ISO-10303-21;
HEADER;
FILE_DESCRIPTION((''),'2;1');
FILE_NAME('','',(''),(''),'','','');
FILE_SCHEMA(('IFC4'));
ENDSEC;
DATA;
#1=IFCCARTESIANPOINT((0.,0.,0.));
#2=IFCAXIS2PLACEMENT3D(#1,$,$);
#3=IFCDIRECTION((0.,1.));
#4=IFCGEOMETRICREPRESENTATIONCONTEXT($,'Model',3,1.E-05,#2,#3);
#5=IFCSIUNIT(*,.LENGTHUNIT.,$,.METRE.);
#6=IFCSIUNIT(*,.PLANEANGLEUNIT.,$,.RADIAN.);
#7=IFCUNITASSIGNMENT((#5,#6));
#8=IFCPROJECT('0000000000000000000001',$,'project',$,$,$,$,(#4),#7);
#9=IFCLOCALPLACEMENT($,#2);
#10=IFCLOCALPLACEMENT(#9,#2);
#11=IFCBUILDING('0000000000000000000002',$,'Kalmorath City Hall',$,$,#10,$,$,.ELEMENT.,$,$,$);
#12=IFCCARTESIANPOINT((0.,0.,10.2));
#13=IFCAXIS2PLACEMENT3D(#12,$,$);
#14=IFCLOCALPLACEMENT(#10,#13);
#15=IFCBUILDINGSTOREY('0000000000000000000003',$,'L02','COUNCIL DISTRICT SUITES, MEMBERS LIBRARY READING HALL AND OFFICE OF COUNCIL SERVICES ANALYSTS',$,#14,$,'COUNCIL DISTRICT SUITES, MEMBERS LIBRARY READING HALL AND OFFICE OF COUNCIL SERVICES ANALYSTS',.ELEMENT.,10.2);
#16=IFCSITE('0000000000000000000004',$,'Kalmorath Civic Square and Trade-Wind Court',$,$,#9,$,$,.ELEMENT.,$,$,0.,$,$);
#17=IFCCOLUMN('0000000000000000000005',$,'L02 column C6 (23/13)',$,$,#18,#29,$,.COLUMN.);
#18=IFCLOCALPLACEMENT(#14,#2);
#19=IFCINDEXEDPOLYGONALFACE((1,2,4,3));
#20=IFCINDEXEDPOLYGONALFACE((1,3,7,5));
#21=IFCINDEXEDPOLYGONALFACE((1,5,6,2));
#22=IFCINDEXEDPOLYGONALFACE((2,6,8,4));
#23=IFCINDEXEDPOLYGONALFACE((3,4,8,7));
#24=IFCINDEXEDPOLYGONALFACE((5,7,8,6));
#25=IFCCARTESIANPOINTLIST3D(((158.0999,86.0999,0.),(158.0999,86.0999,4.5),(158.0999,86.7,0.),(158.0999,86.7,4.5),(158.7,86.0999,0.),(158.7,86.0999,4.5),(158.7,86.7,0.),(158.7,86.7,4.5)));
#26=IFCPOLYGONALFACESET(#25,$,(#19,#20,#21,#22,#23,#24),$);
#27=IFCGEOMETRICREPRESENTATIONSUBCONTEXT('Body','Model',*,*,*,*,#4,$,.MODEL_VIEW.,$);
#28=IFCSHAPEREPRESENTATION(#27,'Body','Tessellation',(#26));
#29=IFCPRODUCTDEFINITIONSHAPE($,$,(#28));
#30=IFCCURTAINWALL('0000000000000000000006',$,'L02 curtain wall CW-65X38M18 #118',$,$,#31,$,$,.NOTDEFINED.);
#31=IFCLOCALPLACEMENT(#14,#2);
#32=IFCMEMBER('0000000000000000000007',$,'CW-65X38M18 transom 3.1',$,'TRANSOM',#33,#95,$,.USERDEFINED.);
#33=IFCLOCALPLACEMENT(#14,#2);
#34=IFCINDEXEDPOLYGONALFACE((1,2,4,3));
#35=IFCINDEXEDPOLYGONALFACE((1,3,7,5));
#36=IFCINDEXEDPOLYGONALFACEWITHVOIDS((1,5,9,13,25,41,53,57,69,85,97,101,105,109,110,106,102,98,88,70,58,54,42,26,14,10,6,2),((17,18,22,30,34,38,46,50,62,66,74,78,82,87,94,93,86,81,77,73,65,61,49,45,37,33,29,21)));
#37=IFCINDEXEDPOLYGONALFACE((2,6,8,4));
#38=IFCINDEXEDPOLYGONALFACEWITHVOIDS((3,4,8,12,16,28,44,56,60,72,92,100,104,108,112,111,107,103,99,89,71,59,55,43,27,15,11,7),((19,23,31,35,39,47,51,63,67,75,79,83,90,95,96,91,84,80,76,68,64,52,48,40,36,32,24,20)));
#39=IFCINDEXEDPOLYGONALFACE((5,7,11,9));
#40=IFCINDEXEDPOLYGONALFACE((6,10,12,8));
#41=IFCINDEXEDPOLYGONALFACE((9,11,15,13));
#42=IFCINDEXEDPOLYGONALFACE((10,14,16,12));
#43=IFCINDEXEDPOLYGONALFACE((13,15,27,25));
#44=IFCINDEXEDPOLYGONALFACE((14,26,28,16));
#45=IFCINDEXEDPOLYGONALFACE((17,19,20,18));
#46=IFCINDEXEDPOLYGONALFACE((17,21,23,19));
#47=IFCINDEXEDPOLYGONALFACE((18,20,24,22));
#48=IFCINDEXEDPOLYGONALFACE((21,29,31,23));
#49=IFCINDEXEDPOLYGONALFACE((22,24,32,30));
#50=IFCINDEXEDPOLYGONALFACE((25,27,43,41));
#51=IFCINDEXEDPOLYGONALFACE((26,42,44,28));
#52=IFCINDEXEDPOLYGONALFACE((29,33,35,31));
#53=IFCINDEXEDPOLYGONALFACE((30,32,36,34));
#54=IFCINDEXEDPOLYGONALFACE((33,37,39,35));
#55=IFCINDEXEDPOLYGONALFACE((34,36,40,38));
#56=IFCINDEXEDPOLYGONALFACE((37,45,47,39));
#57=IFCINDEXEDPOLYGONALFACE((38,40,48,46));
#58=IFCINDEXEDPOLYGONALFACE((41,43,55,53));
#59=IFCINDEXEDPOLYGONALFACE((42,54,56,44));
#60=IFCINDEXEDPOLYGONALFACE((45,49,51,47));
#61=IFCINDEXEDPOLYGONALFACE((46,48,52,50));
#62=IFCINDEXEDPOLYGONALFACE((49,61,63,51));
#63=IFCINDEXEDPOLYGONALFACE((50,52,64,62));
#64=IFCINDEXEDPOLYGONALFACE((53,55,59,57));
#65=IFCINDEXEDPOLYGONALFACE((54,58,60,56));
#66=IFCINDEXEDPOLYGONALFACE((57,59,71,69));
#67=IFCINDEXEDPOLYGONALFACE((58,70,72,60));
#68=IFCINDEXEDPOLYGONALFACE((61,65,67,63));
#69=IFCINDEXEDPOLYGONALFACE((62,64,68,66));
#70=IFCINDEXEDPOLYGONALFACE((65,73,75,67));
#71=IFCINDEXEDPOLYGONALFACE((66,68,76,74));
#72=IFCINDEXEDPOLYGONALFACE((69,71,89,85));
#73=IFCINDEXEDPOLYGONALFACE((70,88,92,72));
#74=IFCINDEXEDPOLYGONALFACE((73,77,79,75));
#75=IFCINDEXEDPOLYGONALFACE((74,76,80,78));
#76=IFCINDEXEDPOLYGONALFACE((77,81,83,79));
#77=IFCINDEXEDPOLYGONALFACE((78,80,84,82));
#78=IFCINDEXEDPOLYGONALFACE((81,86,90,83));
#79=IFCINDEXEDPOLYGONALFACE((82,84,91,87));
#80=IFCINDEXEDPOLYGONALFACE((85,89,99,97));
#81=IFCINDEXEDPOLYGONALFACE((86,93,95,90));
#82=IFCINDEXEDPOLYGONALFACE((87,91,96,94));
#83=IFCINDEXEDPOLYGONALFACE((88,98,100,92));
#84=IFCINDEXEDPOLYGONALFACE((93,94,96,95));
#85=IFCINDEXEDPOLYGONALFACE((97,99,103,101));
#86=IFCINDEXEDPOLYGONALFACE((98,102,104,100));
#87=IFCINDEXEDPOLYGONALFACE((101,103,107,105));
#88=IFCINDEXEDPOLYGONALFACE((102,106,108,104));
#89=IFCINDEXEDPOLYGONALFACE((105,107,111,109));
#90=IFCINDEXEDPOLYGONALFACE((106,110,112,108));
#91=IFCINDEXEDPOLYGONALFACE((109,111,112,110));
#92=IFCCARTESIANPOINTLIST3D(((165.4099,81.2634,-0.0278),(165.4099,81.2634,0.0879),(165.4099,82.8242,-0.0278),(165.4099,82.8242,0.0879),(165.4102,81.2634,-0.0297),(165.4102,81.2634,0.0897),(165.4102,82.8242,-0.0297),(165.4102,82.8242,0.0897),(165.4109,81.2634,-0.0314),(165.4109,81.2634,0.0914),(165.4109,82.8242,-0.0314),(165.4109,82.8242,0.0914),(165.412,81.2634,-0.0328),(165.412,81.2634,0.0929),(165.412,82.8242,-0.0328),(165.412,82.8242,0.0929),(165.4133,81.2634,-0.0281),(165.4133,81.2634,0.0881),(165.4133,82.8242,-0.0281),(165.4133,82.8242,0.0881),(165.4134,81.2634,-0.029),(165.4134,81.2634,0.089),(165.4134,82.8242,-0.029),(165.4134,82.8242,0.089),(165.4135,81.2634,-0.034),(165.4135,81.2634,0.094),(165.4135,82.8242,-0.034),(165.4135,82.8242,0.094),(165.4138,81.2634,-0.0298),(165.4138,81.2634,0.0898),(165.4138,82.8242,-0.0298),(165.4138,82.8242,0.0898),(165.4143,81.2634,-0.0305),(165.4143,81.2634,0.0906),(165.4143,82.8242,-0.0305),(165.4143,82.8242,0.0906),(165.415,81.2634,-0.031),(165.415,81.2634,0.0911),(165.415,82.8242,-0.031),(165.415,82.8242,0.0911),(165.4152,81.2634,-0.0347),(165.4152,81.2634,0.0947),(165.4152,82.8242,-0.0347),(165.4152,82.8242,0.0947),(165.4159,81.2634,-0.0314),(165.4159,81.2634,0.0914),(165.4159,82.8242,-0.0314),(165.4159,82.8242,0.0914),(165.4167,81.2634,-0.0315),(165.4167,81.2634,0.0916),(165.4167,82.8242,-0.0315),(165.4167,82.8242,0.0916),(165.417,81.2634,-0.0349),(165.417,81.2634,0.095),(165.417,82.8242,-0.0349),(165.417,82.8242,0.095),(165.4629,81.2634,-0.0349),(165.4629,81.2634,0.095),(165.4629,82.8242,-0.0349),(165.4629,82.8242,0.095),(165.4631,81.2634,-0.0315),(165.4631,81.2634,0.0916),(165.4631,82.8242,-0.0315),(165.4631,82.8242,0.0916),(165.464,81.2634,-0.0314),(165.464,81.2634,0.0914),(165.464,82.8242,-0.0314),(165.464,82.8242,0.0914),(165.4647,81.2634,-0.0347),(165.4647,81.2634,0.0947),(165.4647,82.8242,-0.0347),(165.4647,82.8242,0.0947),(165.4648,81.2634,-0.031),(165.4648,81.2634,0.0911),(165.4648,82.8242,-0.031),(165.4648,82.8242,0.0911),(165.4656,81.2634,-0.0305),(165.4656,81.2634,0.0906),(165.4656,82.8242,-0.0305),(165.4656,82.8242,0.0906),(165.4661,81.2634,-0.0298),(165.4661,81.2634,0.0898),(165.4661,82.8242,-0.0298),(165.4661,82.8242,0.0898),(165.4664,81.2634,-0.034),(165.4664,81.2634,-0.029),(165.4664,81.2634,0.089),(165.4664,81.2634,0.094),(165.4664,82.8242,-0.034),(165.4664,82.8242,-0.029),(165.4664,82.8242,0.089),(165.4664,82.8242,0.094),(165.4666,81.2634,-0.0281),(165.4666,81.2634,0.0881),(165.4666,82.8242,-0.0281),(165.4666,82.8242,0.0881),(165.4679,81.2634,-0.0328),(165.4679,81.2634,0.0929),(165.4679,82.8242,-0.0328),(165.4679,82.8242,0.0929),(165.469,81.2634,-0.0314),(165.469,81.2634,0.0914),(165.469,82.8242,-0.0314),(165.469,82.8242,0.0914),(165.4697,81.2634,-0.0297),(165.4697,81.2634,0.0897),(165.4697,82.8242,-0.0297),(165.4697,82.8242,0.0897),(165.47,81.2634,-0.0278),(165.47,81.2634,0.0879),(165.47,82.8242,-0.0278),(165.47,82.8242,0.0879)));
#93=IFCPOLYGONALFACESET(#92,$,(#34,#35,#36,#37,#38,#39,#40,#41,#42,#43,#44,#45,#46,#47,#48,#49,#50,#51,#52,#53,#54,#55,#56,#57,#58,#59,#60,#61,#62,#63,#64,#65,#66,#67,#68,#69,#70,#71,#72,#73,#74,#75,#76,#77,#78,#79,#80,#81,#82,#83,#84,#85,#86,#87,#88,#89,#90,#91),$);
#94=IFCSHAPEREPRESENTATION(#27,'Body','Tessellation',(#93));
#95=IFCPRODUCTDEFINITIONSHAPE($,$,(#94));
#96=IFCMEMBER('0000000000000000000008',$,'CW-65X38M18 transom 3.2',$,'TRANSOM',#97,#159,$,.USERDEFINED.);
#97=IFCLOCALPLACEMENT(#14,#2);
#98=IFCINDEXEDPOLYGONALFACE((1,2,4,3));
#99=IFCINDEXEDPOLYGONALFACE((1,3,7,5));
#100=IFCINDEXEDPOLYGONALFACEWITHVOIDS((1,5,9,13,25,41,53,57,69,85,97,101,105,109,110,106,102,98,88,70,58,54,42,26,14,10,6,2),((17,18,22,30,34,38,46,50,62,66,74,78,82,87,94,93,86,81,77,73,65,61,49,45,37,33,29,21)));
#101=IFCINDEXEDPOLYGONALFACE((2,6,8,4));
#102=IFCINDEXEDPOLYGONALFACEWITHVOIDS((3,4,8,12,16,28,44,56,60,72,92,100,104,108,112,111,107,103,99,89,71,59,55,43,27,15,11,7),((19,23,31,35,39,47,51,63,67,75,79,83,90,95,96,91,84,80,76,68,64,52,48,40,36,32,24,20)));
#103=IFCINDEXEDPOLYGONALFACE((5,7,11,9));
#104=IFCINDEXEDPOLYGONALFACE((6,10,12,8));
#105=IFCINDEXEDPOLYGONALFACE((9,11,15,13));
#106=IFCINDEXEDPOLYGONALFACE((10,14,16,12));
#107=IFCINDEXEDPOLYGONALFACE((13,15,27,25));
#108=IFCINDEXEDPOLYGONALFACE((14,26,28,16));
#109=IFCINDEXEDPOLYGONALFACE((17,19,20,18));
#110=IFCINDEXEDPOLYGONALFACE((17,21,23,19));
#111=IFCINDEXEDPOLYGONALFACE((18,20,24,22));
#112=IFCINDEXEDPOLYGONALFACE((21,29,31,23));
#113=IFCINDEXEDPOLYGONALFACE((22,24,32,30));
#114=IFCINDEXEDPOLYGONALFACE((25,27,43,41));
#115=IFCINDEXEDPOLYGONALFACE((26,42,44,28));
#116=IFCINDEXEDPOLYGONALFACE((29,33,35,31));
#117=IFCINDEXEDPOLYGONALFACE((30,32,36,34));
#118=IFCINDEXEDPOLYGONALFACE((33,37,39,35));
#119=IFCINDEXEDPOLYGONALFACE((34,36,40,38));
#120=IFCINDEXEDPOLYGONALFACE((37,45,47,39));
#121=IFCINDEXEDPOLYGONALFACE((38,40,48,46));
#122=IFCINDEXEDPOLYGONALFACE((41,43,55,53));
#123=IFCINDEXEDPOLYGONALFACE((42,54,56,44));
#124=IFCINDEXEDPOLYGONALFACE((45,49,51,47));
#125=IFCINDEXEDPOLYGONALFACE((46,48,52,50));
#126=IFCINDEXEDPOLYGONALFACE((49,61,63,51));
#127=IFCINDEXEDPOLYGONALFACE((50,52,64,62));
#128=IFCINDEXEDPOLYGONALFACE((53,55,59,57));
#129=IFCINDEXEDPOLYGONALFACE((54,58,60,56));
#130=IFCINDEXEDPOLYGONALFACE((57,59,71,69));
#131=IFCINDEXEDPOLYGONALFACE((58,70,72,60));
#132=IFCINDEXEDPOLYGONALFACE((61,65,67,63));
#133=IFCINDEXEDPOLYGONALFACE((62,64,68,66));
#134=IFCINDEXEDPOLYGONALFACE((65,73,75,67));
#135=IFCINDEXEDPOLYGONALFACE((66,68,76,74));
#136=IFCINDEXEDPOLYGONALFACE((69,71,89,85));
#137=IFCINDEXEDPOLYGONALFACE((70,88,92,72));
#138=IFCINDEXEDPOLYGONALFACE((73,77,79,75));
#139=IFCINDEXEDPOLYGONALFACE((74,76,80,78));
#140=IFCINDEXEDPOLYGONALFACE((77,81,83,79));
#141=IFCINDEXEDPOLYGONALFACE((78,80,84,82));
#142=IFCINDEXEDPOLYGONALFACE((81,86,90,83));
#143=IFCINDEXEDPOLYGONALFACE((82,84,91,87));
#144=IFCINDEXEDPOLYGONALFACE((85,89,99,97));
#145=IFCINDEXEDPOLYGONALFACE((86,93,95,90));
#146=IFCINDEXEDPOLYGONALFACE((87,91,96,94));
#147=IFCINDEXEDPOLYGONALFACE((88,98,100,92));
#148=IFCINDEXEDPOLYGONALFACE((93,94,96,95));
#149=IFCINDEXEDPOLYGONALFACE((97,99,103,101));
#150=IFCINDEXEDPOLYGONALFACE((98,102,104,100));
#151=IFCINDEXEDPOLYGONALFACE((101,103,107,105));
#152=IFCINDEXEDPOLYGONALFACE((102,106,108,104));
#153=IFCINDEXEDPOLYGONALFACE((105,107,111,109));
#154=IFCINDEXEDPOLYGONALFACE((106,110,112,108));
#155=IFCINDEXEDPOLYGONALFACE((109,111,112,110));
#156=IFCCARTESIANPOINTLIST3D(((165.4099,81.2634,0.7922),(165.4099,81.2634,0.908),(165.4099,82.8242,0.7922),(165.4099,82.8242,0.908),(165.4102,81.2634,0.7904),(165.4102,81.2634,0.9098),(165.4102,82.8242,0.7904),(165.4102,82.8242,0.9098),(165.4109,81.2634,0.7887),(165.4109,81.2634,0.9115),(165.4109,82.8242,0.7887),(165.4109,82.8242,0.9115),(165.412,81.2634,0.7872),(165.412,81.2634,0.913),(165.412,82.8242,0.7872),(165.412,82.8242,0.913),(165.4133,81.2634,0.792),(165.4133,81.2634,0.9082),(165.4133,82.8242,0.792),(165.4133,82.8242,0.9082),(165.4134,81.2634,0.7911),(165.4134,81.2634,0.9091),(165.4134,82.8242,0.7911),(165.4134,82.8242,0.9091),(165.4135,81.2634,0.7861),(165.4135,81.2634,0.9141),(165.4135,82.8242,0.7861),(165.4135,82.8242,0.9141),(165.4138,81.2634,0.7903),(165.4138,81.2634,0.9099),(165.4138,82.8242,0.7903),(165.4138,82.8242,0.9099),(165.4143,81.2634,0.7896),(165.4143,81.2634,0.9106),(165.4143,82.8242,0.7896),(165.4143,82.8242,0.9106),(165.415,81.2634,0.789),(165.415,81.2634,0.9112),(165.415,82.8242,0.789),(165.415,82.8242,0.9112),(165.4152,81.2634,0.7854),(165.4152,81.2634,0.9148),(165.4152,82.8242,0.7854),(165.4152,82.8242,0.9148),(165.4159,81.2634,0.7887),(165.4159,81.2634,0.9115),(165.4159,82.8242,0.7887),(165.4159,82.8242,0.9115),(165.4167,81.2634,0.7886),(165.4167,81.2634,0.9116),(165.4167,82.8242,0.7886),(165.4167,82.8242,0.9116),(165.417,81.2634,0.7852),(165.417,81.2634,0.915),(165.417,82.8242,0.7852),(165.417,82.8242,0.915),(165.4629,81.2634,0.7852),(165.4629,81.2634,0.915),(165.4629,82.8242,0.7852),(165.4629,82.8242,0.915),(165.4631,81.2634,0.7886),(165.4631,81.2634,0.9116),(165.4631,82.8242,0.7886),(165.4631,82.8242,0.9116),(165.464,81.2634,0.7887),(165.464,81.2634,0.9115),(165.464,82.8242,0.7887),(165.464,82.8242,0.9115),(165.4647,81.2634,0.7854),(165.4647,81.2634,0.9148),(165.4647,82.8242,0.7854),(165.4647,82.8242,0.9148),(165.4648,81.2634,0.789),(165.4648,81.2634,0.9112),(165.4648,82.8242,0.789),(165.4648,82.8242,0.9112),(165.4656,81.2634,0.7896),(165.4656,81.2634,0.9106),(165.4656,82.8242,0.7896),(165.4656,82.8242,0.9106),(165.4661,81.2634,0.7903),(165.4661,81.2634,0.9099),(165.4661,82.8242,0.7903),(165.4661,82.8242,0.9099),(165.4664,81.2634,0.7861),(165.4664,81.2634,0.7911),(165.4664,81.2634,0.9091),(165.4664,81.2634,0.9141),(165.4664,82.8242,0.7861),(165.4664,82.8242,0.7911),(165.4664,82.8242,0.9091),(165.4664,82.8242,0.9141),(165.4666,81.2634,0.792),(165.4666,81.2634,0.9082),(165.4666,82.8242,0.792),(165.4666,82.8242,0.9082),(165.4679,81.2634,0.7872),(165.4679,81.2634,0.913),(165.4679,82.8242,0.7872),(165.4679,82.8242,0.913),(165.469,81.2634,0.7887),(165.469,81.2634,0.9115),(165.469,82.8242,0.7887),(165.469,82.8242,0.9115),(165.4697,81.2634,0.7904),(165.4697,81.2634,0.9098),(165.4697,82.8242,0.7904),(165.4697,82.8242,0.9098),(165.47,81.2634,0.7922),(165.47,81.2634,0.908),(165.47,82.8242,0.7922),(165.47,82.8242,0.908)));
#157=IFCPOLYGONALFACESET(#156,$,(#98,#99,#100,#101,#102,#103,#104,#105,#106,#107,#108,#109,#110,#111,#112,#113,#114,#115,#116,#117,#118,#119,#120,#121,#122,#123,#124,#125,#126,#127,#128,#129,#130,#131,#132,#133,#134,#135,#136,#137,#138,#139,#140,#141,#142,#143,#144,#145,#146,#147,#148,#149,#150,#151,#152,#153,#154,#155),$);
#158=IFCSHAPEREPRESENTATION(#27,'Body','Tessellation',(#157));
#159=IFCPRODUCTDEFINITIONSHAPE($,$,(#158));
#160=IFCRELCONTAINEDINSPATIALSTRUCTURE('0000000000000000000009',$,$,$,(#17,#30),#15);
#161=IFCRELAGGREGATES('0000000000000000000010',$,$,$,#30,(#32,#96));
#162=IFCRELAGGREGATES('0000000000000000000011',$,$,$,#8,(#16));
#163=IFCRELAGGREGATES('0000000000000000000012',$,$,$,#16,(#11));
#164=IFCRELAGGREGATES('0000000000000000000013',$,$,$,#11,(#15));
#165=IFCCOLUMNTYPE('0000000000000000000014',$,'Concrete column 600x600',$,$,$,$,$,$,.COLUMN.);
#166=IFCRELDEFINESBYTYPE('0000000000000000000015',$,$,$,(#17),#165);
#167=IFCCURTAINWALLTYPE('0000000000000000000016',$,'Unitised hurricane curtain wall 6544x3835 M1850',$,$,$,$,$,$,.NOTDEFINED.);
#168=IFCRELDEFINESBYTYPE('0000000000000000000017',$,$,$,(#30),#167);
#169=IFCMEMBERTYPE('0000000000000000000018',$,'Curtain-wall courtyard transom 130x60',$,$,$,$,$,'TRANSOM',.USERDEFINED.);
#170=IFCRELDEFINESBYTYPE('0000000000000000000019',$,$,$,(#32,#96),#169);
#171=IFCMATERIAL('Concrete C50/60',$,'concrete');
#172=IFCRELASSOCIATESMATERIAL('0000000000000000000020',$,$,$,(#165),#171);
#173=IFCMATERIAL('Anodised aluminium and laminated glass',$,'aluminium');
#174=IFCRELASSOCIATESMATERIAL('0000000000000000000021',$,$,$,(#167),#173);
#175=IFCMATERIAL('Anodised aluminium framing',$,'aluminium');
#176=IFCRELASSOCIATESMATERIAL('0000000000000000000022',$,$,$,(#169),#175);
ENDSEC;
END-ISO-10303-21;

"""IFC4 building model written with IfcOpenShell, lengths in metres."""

from ifc_helpers import new_model, si_unit, direction, frame, origin, origin_2d, place, context, subcontext, project, spatial, rectangle, hollow_rectangle, extrude, material, material_profile, profile_set, type_object, element, aggregate, save


model = new_model("IFC4")

# Units and contexts
model_context = context("Model", 3, precision=1e-05, world=origin(), true_north=direction((0.0, 1.0)))
body_context = subcontext(model_context, "Body", "Model", "MODEL_VIEW")
ifc_project = project(units=[si_unit("LENGTHUNIT", "METRE"), si_unit("PLANEANGLEUNIT", "RADIAN")], contexts=[model_context])

# Site, building, storey
site_placement = place(None, origin())
site = spatial("IfcSite", under=ifc_project, at=site_placement, Name="Kalmorath Civic Square and Trade-Wind Court", CompositionType="ELEMENT", RefElevation=0.0)
building_placement = place(site_placement, origin())
building = spatial("IfcBuilding", under=site, at=building_placement, Name="Kalmorath City Hall", CompositionType="ELEMENT")
storey_placement = place(building_placement, frame((0.0, 0.0, 10.2)))
storey = spatial("IfcBuildingStorey", under=building, at=storey_placement, Name="L02", Description="COUNCIL DISTRICT SUITES, MEMBERS LIBRARY READING HALL AND OFFICE OF COUNCIL SERVICES ANALYSTS", LongName="COUNCIL DISTRICT SUITES, MEMBERS LIBRARY READING HALL AND OFFICE OF COUNCIL SERVICES ANALYSTS", CompositionType="ELEMENT", Elevation=10.2)

# Column
ifc_material_1 = material(Name="Concrete C50/60", Category="concrete")
ifc_material_profile_1 = material_profile(ifc_material_1, rectangle(XDim=0.6001, YDim=0.6001, at=origin_2d()), Name="RC-COL-600X600")
ifc_profile_set_1 = profile_set([ifc_material_profile_1], Name="Concrete C50/60")
column_type = type_object("IfcColumnType", Name="Concrete column 600x600", PredefinedType="COLUMN", material=ifc_profile_set_1)
column_placement = place(storey_placement, frame((158.3999, 86.3999, 0.0), z_axis=(0.0, 0.0, 1.0), x_axis=(1.0, 0.0, 0.0)))
element("IfcColumn", 1, at=column_placement, inside=storey, type_object=column_type, Name="L02 column C6 (23/13)", PredefinedType="COLUMN", context=body_context, shape_type="SweptSolid", body=[
    extrude(rectangle(XDim=0.6001, YDim=0.6001, at=origin_2d()), origin(), (0.0, 0.0, 1.0), 4.5),
])

# Curtain wall, members
ifc_material_2 = material(Name="Anodised aluminium and laminated glass", Category="aluminium")
curtain_wall_type = type_object("IfcCurtainWallType", Name="Unitised hurricane curtain wall 6544x3835 M1850", PredefinedType="NOTDEFINED", material=ifc_material_2)
curtain_wall_placement = place(storey_placement, origin())
curtain_wall = element("IfcCurtainWall", 2, at=curtain_wall_placement, inside=storey, type_object=curtain_wall_type, Name="L02 curtain wall CW-65X38M18 #118", PredefinedType="NOTDEFINED")
ifc_material_3 = material(Name="Anodised aluminium framing", Category="aluminium")
ifc_material_profile_2 = material_profile(ifc_material_3, hollow_rectangle(XDim=0.0601, YDim=0.1299, WallThickness=0.0034, InnerFilletRadius=0.0034, OuterFilletRadius=0.0071, at=origin_2d()), Name="ALU-TRN-130X60X3.5")
ifc_profile_set_2 = profile_set([ifc_material_profile_2], Name="Anodised aluminium framing")
member_type = type_object("IfcMemberType", Name="Curtain-wall courtyard transom 130x60", ElementType="TRANSOM", PredefinedType="USERDEFINED", material=ifc_profile_set_2)
member_1_placement = place(storey_placement, frame((165.4399, 82.8242, 0.03), z_axis=(0.0, -1.0, 0.0), x_axis=(1.0, 0.0, 0.0)))
member_1 = element("IfcMember", 3, at=member_1_placement, type_object=member_type, Name="CW-65X38M18 transom 3.1", ObjectType="TRANSOM", PredefinedType="USERDEFINED", context=body_context, shape_type="SweptSolid", body=[
    extrude(hollow_rectangle(XDim=0.0601, YDim=0.1299, WallThickness=0.0034, InnerFilletRadius=0.0034, OuterFilletRadius=0.0071, at=origin_2d()), origin(), (0.0, 0.0, 1.0), 1.5608),
])
member_2_placement = place(storey_placement, frame((165.4399, 82.8242, 0.8501), z_axis=(0.0, -1.0, 0.0), x_axis=(1.0, 0.0, 0.0)))
member_2 = element("IfcMember", 4, at=member_2_placement, type_object=member_type, Name="CW-65X38M18 transom 3.2", ObjectType="TRANSOM", PredefinedType="USERDEFINED", context=body_context, shape_type="SweptSolid", body=[
    extrude(hollow_rectangle(XDim=0.0601, YDim=0.1299, WallThickness=0.0034, InnerFilletRadius=0.0034, OuterFilletRadius=0.0071, at=origin_2d()), origin(), (0.0, 0.0, 1.0), 1.5608),
])

aggregate(curtain_wall, [member_1, member_2])

save(model, "model.ifc")
